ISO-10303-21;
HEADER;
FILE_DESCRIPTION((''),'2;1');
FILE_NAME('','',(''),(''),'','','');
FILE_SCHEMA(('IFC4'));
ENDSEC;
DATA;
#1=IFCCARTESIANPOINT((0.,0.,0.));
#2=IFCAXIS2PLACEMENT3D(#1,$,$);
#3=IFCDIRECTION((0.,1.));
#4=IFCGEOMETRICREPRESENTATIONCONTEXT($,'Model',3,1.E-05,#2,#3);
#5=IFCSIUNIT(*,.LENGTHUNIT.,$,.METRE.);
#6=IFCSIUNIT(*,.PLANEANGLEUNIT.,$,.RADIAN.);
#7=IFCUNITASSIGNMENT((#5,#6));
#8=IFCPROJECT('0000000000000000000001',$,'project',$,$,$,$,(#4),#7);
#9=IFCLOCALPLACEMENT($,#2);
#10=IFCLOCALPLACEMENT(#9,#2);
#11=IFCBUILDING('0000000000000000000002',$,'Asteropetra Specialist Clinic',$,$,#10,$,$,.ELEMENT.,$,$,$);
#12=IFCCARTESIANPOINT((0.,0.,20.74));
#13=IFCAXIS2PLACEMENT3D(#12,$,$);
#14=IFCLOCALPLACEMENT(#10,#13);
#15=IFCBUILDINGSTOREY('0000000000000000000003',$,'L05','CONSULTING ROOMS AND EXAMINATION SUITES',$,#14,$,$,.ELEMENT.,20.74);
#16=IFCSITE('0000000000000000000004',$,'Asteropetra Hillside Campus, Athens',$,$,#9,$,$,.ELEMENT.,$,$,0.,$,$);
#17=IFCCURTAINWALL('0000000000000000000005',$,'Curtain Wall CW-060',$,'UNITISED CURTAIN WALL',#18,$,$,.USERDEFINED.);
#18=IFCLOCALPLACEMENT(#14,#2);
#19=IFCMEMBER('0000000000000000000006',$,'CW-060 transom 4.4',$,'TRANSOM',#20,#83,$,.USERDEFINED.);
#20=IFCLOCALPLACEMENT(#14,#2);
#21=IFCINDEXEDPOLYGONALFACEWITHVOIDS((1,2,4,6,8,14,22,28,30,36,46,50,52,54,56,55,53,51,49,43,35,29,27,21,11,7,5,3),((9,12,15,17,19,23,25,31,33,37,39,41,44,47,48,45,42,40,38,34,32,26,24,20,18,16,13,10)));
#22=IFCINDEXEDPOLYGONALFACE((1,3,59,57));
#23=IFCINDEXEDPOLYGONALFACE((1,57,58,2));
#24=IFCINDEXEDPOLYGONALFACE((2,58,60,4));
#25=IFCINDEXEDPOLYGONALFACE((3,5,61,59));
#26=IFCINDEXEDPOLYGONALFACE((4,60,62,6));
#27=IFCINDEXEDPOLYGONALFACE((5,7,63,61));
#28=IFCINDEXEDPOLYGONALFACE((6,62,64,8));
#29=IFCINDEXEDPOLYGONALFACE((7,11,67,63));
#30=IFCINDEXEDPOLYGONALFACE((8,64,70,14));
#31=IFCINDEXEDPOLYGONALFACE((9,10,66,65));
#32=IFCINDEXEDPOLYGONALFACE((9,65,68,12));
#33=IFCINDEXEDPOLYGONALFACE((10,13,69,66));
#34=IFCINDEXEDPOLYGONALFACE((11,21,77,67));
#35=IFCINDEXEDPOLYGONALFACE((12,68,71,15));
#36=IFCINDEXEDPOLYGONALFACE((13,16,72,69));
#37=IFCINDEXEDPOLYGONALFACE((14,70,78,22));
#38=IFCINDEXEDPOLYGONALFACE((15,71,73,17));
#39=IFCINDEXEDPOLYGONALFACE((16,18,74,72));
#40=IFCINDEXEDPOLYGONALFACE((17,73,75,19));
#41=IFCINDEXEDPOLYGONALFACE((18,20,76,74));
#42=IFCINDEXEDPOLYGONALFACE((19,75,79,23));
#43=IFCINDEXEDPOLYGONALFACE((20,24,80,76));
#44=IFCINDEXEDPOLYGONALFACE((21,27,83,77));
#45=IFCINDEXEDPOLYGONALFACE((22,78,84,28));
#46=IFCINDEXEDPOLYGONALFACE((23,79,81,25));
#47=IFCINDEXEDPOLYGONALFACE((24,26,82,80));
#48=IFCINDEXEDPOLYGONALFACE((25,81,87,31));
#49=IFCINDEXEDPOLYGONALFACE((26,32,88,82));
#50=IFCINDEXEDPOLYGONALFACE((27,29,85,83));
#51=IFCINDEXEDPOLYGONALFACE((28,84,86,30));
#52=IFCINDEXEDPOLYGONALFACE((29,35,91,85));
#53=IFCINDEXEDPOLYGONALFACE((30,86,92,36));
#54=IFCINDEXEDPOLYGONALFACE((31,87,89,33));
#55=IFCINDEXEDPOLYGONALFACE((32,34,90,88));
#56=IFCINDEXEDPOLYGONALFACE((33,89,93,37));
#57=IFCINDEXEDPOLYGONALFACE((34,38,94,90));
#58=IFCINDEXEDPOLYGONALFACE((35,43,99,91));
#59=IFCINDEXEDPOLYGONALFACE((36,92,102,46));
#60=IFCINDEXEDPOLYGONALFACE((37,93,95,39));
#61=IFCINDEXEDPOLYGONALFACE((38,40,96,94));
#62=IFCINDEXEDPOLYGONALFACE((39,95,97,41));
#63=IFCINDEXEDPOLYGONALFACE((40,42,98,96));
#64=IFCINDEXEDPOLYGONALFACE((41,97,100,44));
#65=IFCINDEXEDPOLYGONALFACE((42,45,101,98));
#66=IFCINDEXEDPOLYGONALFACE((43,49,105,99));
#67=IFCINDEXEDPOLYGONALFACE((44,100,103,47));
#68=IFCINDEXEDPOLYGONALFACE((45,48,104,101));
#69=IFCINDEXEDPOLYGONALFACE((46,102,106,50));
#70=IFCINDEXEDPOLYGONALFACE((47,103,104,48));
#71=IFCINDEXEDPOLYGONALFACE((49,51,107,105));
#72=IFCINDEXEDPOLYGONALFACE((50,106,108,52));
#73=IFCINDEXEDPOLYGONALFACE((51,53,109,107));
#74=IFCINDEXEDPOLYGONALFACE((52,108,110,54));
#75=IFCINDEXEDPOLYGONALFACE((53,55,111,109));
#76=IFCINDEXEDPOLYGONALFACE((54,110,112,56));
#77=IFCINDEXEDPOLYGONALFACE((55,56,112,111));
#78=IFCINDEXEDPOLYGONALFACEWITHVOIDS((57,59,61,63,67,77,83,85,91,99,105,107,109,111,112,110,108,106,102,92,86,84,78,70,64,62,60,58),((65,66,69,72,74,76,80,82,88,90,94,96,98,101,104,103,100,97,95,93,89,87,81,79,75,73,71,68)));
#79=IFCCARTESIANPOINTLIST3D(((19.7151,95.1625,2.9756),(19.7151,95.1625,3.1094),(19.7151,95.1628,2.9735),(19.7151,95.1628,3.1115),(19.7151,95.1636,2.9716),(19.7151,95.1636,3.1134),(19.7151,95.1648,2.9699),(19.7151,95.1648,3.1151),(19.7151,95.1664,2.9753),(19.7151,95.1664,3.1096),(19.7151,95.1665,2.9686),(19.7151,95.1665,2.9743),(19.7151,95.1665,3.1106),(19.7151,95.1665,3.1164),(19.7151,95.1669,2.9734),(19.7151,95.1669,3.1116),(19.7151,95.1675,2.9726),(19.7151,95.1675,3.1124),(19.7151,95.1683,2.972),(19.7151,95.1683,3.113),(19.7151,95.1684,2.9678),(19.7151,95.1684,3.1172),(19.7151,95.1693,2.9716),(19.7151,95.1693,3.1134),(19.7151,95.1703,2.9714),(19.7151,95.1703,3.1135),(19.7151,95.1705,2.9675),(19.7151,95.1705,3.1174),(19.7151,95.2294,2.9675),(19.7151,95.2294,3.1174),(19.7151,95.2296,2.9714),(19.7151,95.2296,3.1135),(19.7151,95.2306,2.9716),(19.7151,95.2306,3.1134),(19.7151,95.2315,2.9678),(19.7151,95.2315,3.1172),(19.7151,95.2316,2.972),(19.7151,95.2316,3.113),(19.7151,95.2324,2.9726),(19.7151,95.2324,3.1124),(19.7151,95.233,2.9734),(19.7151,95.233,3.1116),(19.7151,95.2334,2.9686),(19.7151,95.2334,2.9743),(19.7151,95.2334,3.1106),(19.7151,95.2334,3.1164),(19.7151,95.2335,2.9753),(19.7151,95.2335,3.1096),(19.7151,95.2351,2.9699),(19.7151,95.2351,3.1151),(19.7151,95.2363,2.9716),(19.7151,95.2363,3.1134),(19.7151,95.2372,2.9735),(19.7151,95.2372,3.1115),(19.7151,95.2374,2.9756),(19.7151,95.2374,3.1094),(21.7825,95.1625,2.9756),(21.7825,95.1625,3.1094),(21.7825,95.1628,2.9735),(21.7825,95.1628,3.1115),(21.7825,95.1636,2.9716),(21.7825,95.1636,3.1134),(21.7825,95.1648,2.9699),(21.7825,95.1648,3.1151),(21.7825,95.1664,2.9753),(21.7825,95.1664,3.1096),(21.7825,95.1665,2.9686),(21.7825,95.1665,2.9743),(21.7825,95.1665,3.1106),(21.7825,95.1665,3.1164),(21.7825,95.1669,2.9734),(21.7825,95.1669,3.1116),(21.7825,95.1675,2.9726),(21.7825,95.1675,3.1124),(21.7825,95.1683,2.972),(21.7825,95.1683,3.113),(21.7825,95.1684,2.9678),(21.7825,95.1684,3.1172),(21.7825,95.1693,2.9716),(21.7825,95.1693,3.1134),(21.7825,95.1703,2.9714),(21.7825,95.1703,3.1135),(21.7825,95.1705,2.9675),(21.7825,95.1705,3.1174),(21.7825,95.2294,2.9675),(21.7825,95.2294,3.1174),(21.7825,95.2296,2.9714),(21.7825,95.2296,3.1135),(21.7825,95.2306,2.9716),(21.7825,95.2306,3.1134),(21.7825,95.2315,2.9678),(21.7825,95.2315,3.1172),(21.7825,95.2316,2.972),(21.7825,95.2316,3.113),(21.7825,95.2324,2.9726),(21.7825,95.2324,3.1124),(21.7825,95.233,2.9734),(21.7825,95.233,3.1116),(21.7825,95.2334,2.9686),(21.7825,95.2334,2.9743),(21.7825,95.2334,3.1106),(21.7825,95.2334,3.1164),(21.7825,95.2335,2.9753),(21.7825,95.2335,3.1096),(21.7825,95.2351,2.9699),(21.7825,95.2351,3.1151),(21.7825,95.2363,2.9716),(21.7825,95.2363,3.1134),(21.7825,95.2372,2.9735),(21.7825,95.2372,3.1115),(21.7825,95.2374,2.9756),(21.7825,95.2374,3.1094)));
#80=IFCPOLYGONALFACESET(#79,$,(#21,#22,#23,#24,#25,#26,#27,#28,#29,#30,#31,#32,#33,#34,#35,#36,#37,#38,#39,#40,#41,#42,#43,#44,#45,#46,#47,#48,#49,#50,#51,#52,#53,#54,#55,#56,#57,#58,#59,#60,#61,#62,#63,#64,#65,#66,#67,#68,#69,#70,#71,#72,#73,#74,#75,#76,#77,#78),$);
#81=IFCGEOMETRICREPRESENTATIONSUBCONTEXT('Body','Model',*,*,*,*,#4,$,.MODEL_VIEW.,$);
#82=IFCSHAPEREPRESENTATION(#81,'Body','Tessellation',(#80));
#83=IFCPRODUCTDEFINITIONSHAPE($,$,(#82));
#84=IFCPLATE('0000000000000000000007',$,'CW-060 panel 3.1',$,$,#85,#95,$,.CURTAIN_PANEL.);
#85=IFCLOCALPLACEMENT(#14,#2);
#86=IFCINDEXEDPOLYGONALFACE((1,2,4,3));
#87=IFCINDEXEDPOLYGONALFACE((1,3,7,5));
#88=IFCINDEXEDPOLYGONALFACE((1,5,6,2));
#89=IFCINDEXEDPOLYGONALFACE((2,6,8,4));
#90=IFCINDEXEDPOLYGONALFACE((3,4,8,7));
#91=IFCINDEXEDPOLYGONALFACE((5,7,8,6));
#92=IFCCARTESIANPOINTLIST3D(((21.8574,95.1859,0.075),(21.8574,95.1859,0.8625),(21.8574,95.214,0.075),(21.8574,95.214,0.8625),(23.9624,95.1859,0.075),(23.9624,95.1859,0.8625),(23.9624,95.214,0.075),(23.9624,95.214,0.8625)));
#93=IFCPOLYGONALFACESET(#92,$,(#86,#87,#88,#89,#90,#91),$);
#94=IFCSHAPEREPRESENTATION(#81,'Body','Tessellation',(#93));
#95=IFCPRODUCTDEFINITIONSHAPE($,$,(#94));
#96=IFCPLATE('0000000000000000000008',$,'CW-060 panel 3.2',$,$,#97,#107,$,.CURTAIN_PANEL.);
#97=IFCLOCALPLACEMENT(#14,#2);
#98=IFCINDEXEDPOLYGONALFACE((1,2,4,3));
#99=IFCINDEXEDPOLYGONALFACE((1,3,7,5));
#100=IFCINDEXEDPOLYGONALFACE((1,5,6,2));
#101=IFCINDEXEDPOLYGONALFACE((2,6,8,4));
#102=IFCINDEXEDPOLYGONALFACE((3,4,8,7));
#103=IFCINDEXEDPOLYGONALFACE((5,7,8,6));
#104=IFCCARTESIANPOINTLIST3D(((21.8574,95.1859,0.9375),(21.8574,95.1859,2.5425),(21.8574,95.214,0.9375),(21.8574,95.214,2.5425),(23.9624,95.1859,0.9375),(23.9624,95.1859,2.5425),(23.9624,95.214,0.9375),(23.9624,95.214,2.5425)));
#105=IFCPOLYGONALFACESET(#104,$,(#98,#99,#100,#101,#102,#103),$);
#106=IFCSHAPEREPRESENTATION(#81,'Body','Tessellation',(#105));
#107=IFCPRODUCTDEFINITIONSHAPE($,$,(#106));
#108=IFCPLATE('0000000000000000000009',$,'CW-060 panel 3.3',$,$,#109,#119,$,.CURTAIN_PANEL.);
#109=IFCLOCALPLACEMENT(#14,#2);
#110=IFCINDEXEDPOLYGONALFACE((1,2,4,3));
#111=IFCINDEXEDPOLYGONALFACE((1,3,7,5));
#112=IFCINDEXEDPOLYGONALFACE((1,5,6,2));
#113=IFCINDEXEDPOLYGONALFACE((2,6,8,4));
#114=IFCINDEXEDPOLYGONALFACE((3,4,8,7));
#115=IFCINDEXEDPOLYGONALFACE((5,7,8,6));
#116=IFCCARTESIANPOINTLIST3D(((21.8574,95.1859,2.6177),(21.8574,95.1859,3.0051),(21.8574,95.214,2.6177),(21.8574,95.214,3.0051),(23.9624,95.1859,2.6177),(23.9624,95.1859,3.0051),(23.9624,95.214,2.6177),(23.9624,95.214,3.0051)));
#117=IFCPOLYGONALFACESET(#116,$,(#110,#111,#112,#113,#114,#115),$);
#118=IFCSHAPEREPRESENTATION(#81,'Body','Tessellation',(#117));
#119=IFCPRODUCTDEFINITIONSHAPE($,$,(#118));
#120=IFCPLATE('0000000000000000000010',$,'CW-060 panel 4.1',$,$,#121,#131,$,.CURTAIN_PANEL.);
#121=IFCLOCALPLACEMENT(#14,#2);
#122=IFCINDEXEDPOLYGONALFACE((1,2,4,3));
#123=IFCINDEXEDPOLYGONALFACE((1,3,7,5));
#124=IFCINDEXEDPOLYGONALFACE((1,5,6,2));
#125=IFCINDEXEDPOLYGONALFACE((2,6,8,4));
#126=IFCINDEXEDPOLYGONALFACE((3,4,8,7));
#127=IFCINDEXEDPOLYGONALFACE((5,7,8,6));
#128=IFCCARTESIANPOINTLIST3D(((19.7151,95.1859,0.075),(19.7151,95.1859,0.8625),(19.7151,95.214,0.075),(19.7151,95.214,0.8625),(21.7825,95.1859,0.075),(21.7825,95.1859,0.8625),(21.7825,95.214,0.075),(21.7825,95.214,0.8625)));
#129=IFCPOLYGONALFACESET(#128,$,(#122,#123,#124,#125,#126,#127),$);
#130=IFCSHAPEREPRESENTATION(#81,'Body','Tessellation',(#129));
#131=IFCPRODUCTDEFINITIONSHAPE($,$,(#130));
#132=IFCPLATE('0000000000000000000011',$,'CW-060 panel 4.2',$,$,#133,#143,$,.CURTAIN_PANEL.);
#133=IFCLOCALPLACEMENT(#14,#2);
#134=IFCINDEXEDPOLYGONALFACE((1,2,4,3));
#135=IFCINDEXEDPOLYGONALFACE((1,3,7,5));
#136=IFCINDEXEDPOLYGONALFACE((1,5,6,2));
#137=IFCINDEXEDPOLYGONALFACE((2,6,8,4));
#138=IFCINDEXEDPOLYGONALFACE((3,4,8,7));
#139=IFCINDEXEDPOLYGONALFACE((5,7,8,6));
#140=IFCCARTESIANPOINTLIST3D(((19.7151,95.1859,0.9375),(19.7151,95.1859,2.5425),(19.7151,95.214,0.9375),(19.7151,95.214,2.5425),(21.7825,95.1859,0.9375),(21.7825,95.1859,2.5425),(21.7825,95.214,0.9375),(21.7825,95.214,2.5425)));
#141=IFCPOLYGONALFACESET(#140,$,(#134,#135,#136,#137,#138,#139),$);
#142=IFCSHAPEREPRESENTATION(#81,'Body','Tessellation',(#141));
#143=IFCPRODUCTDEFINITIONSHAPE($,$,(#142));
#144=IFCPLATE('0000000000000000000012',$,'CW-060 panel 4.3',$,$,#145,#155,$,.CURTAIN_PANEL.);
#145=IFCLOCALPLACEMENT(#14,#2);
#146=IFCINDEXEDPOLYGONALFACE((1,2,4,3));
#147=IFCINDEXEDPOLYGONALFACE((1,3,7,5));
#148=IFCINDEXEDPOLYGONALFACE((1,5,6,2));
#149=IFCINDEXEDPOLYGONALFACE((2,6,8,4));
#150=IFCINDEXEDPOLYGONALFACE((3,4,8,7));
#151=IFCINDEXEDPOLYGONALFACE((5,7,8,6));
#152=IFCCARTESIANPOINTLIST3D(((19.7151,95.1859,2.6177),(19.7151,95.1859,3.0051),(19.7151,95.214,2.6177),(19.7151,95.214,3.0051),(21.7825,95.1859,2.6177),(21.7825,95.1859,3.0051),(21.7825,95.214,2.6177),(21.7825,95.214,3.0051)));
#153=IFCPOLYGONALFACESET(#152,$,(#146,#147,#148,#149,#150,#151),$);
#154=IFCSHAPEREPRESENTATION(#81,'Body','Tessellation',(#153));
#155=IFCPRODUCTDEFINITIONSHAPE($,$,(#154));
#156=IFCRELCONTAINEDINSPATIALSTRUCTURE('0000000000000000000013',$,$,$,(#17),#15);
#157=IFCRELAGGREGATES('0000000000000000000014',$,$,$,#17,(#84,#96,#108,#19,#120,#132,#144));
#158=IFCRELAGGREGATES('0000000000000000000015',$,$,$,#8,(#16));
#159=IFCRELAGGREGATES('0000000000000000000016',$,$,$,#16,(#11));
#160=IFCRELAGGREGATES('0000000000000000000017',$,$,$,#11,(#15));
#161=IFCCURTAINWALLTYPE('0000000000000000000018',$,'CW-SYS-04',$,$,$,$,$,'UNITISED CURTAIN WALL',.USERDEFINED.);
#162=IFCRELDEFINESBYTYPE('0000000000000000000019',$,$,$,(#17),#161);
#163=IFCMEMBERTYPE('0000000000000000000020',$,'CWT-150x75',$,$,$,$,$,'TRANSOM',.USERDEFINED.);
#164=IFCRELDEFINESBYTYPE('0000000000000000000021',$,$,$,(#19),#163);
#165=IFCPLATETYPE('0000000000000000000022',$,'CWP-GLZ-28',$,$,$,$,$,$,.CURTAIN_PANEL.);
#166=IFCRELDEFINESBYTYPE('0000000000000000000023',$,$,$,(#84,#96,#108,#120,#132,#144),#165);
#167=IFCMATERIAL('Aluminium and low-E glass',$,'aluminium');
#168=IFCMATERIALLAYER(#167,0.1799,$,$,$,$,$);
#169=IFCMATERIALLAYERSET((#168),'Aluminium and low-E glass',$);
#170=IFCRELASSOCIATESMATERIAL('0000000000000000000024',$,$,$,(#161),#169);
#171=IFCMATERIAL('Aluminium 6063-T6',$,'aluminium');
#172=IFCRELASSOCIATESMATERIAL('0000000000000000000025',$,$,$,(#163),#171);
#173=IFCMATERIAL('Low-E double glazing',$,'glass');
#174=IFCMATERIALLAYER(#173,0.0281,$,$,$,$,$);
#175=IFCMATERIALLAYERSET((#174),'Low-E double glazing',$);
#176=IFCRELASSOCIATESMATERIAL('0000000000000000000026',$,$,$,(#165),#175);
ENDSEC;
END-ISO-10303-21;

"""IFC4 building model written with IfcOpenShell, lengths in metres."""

from ifc_helpers import new_model, si_unit, direction, frame, origin, origin_2d, place, context, subcontext, project, spatial, rectangle, hollow_rectangle, extrude, material, layer, layer_set, material_profile, profile_set, type_object, element, aggregate, save


model = new_model("IFC4")

# Units and contexts
model_context = context("Model", 3, precision=1e-05, world=origin(), true_north=direction((0.0, 1.0)))
body_context = subcontext(model_context, "Body", "Model", "MODEL_VIEW")
ifc_project = project(units=[si_unit("LENGTHUNIT", "METRE"), si_unit("PLANEANGLEUNIT", "RADIAN")], contexts=[model_context])

# Site, building, storey
site_placement = place(None, origin())
site = spatial("IfcSite", under=ifc_project, at=site_placement, Name="Asteropetra Hillside Campus, Athens", CompositionType="ELEMENT", RefElevation=0.0)
building_placement = place(site_placement, origin())
building = spatial("IfcBuilding", under=site, at=building_placement, Name="Asteropetra Specialist Clinic", CompositionType="ELEMENT")
storey_placement = place(building_placement, frame((0.0, 0.0, 20.74)))
storey = spatial("IfcBuildingStorey", under=building, at=storey_placement, Name="L05", Description="CONSULTING ROOMS AND EXAMINATION SUITES", CompositionType="ELEMENT", Elevation=20.74)

# Curtain wall
ifc_material_1 = material(Name="Aluminium and low-E glass", Category="aluminium")
ifc_layer_1 = layer(ifc_material_1, 0.1799)
ifc_layer_set_1 = layer_set([ifc_layer_1], Name="Aluminium and low-E glass")
curtain_wall_type_1 = type_object("IfcCurtainWallType", Name="CW-SYS-04", ElementType="UNITISED CURTAIN WALL", PredefinedType="USERDEFINED", material=ifc_layer_set_1)
curtain_wall_1_placement = place(storey_placement, origin())
curtain_wall_1 = element("IfcCurtainWall", 1, at=curtain_wall_1_placement, inside=storey, type_object=curtain_wall_type_1, Name="Curtain Wall CW-060", ObjectType="UNITISED CURTAIN WALL", PredefinedType="USERDEFINED")

# Member
ifc_material_2 = material(Name="Aluminium 6063-T6", Category="aluminium")
ifc_material_profile_1 = material_profile(ifc_material_2, hollow_rectangle(XDim=0.075, YDim=0.1499, WallThickness=0.0039, InnerFilletRadius=0.0039, OuterFilletRadius=0.0081, at=origin_2d()), Name="TRN 150x75x4.0")
ifc_profile_set_1 = profile_set([ifc_material_profile_1], Name="Aluminium 6063-T6")
member_type_1 = type_object("IfcMemberType", Name="CWT-150x75", ElementType="TRANSOM", PredefinedType="USERDEFINED", material=ifc_profile_set_1)
member_1_placement = place(storey_placement, frame((21.7825, 95.2, 3.0425), z_axis=(-1.0, 0.0, 0.0), x_axis=(0.0, -1.0, 0.0)))
member_1 = element("IfcMember", 2, at=member_1_placement, type_object=member_type_1, Name="CW-060 transom 4.4", ObjectType="TRANSOM", PredefinedType="USERDEFINED", context=body_context, shape_type="SweptSolid", body=[
    extrude(hollow_rectangle(XDim=0.075, YDim=0.1499, WallThickness=0.0039, InnerFilletRadius=0.0039, OuterFilletRadius=0.0081, at=origin_2d()), origin(), (0.0, 0.0, 1.0), 2.0674),
])

# Plates
ifc_material_3 = material(Name="Low-E double glazing", Category="glass")
ifc_layer_2 = layer(ifc_material_3, 0.0281)
ifc_layer_set_2 = layer_set([ifc_layer_2], Name="Low-E double glazing")
plate_type = type_object("IfcPlateType", Name="CWP-GLZ-28", PredefinedType="CURTAIN_PANEL", material=ifc_layer_set_2)
plate_1_placement = place(storey_placement, frame((22.9099, 95.2, 0.075), z_axis=(0.0, 0.0, 1.0), x_axis=(-1.0, 0.0, 0.0)))
plate_1 = element("IfcPlate", 3, at=plate_1_placement, type_object=plate_type, Name="CW-060 panel 3.1", PredefinedType="CURTAIN_PANEL", context=body_context, shape_type="SweptSolid", body=[
    extrude(rectangle(XDim=2.105, YDim=0.0281, at=origin_2d()), origin(), (0.0, 0.0, 1.0), 0.7876),
])
plate_2_placement = place(storey_placement, frame((22.9099, 95.2, 0.9375), z_axis=(0.0, 0.0, 1.0), x_axis=(-1.0, 0.0, 0.0)))
plate_2 = element("IfcPlate", 4, at=plate_2_placement, type_object=plate_type, Name="CW-060 panel 3.2", PredefinedType="CURTAIN_PANEL", context=body_context, shape_type="SweptSolid", body=[
    extrude(rectangle(XDim=2.105, YDim=0.0281, at=origin_2d()), origin(), (0.0, 0.0, 1.0), 1.605),
])
plate_3_placement = place(storey_placement, frame((22.9099, 95.2, 2.6177), z_axis=(0.0, 0.0, 1.0), x_axis=(-1.0, 0.0, 0.0)))
plate_3 = element("IfcPlate", 5, at=plate_3_placement, type_object=plate_type, Name="CW-060 panel 3.3", PredefinedType="CURTAIN_PANEL", context=body_context, shape_type="SweptSolid", body=[
    extrude(rectangle(XDim=2.105, YDim=0.0281, at=origin_2d()), origin(), (0.0, 0.0, 1.0), 0.3875),
])
plate_4_placement = place(storey_placement, frame((20.7488, 95.2, 0.075), z_axis=(0.0, 0.0, 1.0), x_axis=(-1.0, 0.0, 0.0)))
plate_4 = element("IfcPlate", 6, at=plate_4_placement, type_object=plate_type, Name="CW-060 panel 4.1", PredefinedType="CURTAIN_PANEL", context=body_context, shape_type="SweptSolid", body=[
    extrude(rectangle(XDim=2.0674, YDim=0.0281, at=origin_2d()), origin(), (0.0, 0.0, 1.0), 0.7876),
])
plate_5_placement = place(storey_placement, frame((20.7488, 95.2, 0.9375), z_axis=(0.0, 0.0, 1.0), x_axis=(-1.0, 0.0, 0.0)))
plate_5 = element("IfcPlate", 7, at=plate_5_placement, type_object=plate_type, Name="CW-060 panel 4.2", PredefinedType="CURTAIN_PANEL", context=body_context, shape_type="SweptSolid", body=[
    extrude(rectangle(XDim=2.0674, YDim=0.0281, at=origin_2d()), origin(), (0.0, 0.0, 1.0), 1.605),
])
plate_6_placement = place(storey_placement, frame((20.7488, 95.2, 2.6177), z_axis=(0.0, 0.0, 1.0), x_axis=(-1.0, 0.0, 0.0)))
plate_6 = element("IfcPlate", 8, at=plate_6_placement, type_object=plate_type, Name="CW-060 panel 4.3", PredefinedType="CURTAIN_PANEL", context=body_context, shape_type="SweptSolid", body=[
    extrude(rectangle(XDim=2.0674, YDim=0.0281, at=origin_2d()), origin(), (0.0, 0.0, 1.0), 0.3875),
])
aggregate(curtain_wall_1, [plate_1, plate_2, plate_3, member_1, plate_4, plate_5, plate_6])

save(model, "model.ifc")
